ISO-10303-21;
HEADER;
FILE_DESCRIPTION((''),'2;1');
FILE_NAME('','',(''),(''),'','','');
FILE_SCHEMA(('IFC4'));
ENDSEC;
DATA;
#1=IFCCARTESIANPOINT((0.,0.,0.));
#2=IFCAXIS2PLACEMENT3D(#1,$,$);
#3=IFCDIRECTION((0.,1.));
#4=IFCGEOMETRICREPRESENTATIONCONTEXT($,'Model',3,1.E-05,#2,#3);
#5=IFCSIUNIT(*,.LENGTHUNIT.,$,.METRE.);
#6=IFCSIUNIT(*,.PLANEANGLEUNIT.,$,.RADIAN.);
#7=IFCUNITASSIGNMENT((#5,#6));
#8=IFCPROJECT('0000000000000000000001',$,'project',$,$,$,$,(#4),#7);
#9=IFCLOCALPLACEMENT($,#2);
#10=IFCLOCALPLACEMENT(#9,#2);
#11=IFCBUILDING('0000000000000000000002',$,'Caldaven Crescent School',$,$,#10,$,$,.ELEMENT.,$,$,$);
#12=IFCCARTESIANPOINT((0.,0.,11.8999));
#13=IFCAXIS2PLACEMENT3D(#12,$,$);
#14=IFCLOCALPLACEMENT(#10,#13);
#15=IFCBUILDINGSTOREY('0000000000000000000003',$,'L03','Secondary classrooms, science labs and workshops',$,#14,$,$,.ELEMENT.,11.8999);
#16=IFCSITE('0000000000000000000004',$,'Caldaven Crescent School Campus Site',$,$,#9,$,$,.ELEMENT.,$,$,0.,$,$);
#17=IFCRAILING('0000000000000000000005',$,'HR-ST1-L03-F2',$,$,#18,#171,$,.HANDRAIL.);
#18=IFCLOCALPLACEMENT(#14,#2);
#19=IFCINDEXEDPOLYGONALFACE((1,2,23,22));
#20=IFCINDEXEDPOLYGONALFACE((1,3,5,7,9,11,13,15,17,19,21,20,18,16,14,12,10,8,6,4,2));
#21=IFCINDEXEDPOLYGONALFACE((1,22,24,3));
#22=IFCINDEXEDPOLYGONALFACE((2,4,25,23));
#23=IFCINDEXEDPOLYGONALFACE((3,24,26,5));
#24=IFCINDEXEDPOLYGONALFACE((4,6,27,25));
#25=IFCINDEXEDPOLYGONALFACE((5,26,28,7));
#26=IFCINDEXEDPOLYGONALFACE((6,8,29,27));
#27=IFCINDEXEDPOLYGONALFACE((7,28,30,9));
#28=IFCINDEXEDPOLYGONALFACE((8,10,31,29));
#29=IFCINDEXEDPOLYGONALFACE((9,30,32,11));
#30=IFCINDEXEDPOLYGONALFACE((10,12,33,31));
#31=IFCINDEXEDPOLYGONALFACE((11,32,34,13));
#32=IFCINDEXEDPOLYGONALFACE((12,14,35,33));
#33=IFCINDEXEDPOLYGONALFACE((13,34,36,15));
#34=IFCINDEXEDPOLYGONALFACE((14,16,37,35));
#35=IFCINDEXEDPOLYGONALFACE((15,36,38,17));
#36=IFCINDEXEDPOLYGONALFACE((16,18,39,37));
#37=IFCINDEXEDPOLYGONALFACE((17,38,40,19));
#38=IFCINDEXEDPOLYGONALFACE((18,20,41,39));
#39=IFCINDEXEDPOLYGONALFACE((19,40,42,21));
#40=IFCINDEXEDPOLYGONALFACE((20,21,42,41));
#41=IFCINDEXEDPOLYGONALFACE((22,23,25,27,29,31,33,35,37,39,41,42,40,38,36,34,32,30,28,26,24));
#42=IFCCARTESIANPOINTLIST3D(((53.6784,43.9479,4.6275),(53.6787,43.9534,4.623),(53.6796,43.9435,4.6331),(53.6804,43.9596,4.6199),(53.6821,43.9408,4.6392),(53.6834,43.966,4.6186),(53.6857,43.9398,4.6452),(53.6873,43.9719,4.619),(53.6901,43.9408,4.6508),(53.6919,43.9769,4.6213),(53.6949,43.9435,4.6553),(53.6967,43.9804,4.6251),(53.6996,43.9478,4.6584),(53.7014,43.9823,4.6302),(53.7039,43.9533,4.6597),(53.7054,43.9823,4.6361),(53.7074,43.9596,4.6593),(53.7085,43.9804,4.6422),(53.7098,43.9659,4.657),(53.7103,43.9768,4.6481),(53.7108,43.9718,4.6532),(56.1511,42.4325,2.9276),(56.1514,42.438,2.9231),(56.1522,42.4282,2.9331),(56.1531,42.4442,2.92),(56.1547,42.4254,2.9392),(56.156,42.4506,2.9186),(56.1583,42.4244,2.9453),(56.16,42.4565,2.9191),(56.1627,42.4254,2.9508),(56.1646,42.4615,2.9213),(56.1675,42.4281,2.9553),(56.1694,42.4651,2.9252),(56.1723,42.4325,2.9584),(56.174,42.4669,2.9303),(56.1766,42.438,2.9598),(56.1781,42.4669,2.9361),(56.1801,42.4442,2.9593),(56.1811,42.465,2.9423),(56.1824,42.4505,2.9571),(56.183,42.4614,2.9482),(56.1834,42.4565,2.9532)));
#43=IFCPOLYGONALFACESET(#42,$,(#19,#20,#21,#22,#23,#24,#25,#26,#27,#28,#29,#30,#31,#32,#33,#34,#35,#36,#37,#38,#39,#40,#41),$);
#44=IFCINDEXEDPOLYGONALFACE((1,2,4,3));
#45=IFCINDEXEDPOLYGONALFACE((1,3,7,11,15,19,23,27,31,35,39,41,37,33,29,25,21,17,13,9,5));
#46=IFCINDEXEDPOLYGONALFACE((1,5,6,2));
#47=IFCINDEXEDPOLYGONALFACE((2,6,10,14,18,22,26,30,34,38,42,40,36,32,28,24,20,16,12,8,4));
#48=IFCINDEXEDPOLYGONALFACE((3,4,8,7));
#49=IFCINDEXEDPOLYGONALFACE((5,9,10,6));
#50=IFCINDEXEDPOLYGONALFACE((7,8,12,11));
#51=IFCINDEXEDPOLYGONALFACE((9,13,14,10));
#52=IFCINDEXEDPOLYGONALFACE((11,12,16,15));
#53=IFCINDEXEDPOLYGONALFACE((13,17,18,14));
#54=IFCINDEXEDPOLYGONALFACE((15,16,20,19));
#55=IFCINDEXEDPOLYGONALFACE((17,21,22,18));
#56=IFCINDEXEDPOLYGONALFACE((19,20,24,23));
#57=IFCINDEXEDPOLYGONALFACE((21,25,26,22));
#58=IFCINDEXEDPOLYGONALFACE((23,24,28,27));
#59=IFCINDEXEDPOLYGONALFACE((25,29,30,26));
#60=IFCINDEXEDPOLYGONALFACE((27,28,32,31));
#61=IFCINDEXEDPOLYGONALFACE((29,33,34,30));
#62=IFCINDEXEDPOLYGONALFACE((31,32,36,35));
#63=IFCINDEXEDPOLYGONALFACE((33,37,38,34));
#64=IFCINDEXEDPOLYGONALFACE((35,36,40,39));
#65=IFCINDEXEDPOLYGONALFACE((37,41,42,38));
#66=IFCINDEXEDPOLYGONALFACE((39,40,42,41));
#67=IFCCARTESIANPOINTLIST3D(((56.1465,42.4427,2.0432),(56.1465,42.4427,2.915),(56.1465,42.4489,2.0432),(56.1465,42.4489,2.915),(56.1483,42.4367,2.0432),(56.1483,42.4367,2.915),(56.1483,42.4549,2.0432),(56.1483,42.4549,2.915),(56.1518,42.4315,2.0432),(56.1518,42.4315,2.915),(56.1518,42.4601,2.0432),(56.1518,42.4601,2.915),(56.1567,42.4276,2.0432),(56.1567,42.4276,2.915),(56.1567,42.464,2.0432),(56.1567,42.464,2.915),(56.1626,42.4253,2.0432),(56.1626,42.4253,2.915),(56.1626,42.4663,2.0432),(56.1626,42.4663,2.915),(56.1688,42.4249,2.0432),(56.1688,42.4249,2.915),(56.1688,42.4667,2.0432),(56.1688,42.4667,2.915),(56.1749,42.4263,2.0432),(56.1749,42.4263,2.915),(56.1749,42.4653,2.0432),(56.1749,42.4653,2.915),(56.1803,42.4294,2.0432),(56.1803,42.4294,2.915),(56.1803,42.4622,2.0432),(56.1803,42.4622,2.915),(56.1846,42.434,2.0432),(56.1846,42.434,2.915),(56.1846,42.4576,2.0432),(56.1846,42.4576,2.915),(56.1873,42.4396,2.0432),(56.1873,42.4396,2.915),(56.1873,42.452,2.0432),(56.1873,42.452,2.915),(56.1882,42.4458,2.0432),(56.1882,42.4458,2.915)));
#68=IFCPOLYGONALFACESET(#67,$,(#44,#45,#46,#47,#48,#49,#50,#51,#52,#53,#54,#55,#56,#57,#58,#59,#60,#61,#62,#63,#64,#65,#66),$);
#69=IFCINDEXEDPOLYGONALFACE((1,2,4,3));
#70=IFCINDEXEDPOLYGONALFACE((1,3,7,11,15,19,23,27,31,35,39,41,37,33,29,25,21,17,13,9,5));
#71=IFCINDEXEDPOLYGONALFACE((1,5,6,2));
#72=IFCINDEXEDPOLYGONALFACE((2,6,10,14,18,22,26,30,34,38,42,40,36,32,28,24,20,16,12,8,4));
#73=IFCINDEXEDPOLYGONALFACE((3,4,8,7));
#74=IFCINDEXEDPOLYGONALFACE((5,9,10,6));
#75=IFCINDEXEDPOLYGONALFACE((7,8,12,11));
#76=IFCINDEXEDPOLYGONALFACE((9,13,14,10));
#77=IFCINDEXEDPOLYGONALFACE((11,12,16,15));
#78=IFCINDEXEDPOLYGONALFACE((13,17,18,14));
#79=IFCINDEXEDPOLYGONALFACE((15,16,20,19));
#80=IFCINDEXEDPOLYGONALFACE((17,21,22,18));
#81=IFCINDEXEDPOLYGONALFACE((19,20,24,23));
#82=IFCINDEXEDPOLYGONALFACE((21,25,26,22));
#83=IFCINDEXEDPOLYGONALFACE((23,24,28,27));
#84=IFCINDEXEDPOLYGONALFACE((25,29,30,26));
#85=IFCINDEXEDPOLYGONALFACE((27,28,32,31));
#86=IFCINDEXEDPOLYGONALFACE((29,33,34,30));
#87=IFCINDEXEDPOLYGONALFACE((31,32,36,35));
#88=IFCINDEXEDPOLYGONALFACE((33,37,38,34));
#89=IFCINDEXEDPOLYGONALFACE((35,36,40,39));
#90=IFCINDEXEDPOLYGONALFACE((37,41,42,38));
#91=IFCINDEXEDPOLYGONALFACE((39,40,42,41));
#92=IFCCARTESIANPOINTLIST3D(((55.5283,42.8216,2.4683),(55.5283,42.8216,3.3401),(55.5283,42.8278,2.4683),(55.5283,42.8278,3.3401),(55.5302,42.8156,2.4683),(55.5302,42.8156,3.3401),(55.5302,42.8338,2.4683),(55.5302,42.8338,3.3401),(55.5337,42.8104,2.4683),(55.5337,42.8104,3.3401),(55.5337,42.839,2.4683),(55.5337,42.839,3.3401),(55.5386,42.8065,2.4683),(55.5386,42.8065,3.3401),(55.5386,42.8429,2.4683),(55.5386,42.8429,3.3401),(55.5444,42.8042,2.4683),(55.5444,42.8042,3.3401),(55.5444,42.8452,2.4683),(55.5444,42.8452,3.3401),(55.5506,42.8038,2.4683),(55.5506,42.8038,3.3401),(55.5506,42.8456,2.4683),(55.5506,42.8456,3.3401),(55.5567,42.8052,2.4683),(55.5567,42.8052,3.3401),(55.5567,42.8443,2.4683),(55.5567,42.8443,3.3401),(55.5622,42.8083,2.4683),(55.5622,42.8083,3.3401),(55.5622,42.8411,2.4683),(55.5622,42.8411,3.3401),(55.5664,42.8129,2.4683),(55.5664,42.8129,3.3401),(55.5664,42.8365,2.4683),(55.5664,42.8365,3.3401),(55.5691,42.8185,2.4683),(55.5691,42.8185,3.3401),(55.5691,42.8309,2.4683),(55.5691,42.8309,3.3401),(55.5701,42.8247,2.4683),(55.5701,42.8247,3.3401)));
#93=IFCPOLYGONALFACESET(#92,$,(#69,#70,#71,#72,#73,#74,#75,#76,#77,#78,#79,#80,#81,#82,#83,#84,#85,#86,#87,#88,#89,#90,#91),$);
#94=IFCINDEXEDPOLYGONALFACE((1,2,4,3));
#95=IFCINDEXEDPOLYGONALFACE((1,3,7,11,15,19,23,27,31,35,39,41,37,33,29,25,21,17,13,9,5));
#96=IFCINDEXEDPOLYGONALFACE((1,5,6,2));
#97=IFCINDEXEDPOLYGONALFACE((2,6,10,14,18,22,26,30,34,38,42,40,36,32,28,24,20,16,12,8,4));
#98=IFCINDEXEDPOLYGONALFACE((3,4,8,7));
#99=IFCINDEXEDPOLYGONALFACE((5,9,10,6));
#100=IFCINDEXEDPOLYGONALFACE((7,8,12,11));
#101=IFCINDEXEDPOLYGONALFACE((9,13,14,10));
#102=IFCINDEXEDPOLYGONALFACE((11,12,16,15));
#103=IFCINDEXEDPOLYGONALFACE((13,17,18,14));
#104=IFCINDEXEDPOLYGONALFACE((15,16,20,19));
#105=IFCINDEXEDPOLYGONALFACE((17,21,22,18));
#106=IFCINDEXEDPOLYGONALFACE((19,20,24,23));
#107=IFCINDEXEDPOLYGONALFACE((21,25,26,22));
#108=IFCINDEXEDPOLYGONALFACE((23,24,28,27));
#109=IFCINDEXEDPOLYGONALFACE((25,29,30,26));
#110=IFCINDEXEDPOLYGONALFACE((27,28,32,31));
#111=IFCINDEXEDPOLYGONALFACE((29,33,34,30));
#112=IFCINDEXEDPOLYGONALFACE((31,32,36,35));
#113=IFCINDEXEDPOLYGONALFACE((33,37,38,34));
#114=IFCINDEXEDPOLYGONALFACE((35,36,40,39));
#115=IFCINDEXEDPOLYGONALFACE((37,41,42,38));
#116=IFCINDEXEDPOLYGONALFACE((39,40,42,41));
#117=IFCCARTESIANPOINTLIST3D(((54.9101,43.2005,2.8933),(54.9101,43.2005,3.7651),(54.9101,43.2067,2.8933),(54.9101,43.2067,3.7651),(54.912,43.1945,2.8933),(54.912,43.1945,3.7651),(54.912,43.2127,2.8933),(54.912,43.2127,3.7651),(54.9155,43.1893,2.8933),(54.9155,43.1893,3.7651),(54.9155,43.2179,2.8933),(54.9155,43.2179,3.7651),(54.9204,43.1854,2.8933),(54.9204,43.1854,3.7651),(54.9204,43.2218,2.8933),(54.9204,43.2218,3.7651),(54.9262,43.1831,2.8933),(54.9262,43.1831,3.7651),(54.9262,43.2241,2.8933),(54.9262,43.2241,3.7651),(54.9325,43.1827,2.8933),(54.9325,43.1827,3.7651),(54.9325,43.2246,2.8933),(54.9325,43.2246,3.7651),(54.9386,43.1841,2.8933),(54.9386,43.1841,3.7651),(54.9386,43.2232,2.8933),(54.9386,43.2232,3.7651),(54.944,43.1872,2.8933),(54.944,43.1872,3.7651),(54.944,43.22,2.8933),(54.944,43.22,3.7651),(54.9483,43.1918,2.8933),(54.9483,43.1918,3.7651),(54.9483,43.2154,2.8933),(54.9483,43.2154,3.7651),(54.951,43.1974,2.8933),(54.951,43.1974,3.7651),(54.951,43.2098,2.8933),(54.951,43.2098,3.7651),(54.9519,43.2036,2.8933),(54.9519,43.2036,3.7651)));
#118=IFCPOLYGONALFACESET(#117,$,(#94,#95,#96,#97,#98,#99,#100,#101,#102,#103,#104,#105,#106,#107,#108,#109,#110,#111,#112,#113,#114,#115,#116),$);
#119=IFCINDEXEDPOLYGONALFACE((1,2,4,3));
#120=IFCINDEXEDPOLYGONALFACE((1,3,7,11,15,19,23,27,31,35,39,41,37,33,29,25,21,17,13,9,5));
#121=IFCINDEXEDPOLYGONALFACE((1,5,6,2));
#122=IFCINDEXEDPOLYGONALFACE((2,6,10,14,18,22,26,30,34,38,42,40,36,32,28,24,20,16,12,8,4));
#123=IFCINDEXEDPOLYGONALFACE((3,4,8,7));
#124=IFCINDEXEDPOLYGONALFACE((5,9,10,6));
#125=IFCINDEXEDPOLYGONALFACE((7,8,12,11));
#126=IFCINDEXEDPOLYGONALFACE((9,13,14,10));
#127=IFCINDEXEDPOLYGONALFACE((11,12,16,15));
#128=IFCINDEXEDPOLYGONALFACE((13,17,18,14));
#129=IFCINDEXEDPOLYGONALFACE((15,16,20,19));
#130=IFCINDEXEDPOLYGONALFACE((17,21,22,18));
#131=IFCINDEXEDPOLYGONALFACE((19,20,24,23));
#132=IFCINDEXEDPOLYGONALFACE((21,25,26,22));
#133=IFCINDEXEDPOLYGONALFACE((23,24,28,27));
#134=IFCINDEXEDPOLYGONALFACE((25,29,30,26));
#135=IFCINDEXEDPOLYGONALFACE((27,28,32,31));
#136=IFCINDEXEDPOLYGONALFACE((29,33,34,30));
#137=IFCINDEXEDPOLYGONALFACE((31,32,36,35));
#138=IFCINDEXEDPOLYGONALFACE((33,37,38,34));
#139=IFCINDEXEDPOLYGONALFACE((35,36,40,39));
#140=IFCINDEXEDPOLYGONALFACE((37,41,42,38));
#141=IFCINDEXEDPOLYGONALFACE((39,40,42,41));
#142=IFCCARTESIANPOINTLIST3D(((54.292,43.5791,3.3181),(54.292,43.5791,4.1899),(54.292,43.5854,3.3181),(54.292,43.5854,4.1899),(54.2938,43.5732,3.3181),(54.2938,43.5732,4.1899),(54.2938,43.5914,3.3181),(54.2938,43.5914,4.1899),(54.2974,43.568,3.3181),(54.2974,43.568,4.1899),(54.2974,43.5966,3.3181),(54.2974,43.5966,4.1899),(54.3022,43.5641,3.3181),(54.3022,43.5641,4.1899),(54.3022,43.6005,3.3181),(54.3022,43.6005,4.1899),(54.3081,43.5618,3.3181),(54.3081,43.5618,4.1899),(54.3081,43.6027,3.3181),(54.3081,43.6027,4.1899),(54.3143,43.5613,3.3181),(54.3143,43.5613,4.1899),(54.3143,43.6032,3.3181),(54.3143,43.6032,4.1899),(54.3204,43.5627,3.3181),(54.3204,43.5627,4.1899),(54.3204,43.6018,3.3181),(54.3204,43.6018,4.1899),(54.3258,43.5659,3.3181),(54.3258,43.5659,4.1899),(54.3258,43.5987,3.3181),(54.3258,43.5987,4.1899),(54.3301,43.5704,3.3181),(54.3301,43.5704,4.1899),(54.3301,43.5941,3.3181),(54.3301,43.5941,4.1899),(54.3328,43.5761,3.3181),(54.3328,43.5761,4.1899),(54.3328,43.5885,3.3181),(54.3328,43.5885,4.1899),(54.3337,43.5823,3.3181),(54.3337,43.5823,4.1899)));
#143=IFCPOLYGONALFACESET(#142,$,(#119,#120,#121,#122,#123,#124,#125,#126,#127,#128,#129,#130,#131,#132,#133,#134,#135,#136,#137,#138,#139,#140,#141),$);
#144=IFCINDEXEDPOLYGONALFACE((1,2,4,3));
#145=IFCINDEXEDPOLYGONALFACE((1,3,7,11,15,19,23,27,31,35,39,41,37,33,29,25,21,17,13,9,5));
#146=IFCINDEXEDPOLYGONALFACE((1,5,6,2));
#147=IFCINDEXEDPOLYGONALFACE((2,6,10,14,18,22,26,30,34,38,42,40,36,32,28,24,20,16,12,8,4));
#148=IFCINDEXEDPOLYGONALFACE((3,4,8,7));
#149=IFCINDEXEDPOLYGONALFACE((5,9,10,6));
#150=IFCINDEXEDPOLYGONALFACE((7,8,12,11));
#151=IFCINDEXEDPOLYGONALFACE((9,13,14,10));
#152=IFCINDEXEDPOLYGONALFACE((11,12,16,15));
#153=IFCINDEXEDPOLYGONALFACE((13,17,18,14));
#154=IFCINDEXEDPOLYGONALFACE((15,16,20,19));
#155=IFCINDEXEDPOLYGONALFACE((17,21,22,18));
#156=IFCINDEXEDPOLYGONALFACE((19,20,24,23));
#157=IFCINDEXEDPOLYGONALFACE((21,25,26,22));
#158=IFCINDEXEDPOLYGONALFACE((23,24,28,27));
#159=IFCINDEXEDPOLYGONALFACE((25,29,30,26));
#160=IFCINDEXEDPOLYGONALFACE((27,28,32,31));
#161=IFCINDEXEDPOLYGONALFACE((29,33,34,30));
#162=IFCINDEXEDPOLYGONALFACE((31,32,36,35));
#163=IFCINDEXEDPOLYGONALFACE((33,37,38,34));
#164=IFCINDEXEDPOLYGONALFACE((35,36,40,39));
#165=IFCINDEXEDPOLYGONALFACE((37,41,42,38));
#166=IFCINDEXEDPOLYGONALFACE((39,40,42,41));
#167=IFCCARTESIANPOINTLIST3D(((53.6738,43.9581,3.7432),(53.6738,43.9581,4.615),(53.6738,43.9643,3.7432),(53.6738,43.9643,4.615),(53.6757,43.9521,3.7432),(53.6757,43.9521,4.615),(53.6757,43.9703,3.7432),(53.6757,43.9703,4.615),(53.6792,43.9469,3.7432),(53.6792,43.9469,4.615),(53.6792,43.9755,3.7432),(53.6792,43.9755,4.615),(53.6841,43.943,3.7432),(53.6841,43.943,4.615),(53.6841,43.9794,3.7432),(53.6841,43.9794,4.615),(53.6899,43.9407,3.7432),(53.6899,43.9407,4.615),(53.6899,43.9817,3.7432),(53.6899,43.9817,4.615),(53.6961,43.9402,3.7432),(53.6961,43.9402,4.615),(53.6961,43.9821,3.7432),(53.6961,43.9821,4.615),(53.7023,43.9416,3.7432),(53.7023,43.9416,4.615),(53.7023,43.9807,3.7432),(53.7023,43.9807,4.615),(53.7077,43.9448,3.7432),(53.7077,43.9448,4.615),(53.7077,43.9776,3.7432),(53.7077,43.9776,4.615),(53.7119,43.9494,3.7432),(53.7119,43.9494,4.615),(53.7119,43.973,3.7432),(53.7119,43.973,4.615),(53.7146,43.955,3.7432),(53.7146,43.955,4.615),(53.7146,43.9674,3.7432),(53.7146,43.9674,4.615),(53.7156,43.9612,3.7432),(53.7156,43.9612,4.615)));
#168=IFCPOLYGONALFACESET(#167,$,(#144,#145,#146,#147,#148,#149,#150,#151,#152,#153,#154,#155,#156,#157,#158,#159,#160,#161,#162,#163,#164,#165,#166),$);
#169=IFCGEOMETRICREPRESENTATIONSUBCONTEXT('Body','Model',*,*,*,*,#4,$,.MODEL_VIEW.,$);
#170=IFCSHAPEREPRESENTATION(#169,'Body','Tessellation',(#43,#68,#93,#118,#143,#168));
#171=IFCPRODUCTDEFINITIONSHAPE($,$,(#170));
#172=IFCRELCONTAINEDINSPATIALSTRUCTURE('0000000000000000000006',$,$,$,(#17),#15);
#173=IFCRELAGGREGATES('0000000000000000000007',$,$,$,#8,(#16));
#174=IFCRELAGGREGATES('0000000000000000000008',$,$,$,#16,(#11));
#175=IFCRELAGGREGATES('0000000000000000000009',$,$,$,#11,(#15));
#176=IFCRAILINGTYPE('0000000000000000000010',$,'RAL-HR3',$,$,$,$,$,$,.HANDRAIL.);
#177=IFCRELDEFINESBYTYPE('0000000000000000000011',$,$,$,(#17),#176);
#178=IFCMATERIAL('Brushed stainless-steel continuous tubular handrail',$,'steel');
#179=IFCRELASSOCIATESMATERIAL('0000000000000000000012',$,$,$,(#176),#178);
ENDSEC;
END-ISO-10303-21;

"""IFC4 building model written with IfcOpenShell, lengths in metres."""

from ifc_helpers import new_model, si_unit, direction, frame, origin, origin_2d, place, context, subcontext, project, spatial, circle, extrude, material, type_object, element, save


model = new_model("IFC4")

# Units and contexts
model_context = context("Model", 3, precision=1e-05, world=origin(), true_north=direction((0.0, 1.0)))
body_context = subcontext(model_context, "Body", "Model", "MODEL_VIEW")
ifc_project = project(units=[si_unit("LENGTHUNIT", "METRE"), si_unit("PLANEANGLEUNIT", "RADIAN")], contexts=[model_context])

# Site, building, storey
site_placement = place(None, origin())
site = spatial("IfcSite", under=ifc_project, at=site_placement, Name="Caldaven Crescent School Campus Site", CompositionType="ELEMENT", RefElevation=0.0)
building_placement = place(site_placement, origin())
building = spatial("IfcBuilding", under=site, at=building_placement, Name="Caldaven Crescent School", CompositionType="ELEMENT")
storey_placement = place(building_placement, frame((0.0, 0.0, 11.8999)))
storey = spatial("IfcBuildingStorey", under=building, at=storey_placement, Name="L03", Description="Secondary classrooms, science labs and workshops", CompositionType="ELEMENT", Elevation=11.8999)

# Railing
ifc_material_1 = material(Name="Brushed stainless-steel continuous tubular handrail", Category="steel")
railing_type_1 = type_object("IfcRailingType", Name="RAL-HR3", PredefinedType="HANDRAIL", material=ifc_material_1)
railing_1_placement = place(storey_placement, frame((56.1672, 42.4458, 2.0432)))
element("IfcRailing", 1, at=railing_1_placement, inside=storey, type_object=railing_type_1, Name="HR-ST1-L03-F2", PredefinedType="HANDRAIL", context=body_context, shape_type="SweptSolid", body=[
    extrude(circle(Radius=0.0239, at=origin_2d()), frame((0.0, 0.0, 0.896), z_axis=(-0.735563, 0.450794, 0.5057), x_axis=(-0.522532, -0.852619, 0.0)), (0.0, 0.0, 1.0), 3.3616),
    extrude(circle(Radius=0.021, at=origin_2d()), origin(), (0.0, 0.0, 1.0), 0.8718),
    extrude(circle(Radius=0.021, at=origin_2d()), frame((-0.6182, 0.3789, 0.425)), (0.0, 0.0, 1.0), 0.8718),
    extrude(circle(Radius=0.021, at=origin_2d()), frame((-1.2363, 0.7578, 0.8501)), (0.0, 0.0, 1.0), 0.8718),
    extrude(circle(Radius=0.021, at=origin_2d()), frame((-1.8545, 1.1365, 1.2749)), (0.0, 0.0, 1.0), 0.8718),
    extrude(circle(Radius=0.021, at=origin_2d()), frame((-2.4727, 1.5154, 1.7)), (0.0, 0.0, 1.0), 0.8718),
])

save(model, "model.ifc")
